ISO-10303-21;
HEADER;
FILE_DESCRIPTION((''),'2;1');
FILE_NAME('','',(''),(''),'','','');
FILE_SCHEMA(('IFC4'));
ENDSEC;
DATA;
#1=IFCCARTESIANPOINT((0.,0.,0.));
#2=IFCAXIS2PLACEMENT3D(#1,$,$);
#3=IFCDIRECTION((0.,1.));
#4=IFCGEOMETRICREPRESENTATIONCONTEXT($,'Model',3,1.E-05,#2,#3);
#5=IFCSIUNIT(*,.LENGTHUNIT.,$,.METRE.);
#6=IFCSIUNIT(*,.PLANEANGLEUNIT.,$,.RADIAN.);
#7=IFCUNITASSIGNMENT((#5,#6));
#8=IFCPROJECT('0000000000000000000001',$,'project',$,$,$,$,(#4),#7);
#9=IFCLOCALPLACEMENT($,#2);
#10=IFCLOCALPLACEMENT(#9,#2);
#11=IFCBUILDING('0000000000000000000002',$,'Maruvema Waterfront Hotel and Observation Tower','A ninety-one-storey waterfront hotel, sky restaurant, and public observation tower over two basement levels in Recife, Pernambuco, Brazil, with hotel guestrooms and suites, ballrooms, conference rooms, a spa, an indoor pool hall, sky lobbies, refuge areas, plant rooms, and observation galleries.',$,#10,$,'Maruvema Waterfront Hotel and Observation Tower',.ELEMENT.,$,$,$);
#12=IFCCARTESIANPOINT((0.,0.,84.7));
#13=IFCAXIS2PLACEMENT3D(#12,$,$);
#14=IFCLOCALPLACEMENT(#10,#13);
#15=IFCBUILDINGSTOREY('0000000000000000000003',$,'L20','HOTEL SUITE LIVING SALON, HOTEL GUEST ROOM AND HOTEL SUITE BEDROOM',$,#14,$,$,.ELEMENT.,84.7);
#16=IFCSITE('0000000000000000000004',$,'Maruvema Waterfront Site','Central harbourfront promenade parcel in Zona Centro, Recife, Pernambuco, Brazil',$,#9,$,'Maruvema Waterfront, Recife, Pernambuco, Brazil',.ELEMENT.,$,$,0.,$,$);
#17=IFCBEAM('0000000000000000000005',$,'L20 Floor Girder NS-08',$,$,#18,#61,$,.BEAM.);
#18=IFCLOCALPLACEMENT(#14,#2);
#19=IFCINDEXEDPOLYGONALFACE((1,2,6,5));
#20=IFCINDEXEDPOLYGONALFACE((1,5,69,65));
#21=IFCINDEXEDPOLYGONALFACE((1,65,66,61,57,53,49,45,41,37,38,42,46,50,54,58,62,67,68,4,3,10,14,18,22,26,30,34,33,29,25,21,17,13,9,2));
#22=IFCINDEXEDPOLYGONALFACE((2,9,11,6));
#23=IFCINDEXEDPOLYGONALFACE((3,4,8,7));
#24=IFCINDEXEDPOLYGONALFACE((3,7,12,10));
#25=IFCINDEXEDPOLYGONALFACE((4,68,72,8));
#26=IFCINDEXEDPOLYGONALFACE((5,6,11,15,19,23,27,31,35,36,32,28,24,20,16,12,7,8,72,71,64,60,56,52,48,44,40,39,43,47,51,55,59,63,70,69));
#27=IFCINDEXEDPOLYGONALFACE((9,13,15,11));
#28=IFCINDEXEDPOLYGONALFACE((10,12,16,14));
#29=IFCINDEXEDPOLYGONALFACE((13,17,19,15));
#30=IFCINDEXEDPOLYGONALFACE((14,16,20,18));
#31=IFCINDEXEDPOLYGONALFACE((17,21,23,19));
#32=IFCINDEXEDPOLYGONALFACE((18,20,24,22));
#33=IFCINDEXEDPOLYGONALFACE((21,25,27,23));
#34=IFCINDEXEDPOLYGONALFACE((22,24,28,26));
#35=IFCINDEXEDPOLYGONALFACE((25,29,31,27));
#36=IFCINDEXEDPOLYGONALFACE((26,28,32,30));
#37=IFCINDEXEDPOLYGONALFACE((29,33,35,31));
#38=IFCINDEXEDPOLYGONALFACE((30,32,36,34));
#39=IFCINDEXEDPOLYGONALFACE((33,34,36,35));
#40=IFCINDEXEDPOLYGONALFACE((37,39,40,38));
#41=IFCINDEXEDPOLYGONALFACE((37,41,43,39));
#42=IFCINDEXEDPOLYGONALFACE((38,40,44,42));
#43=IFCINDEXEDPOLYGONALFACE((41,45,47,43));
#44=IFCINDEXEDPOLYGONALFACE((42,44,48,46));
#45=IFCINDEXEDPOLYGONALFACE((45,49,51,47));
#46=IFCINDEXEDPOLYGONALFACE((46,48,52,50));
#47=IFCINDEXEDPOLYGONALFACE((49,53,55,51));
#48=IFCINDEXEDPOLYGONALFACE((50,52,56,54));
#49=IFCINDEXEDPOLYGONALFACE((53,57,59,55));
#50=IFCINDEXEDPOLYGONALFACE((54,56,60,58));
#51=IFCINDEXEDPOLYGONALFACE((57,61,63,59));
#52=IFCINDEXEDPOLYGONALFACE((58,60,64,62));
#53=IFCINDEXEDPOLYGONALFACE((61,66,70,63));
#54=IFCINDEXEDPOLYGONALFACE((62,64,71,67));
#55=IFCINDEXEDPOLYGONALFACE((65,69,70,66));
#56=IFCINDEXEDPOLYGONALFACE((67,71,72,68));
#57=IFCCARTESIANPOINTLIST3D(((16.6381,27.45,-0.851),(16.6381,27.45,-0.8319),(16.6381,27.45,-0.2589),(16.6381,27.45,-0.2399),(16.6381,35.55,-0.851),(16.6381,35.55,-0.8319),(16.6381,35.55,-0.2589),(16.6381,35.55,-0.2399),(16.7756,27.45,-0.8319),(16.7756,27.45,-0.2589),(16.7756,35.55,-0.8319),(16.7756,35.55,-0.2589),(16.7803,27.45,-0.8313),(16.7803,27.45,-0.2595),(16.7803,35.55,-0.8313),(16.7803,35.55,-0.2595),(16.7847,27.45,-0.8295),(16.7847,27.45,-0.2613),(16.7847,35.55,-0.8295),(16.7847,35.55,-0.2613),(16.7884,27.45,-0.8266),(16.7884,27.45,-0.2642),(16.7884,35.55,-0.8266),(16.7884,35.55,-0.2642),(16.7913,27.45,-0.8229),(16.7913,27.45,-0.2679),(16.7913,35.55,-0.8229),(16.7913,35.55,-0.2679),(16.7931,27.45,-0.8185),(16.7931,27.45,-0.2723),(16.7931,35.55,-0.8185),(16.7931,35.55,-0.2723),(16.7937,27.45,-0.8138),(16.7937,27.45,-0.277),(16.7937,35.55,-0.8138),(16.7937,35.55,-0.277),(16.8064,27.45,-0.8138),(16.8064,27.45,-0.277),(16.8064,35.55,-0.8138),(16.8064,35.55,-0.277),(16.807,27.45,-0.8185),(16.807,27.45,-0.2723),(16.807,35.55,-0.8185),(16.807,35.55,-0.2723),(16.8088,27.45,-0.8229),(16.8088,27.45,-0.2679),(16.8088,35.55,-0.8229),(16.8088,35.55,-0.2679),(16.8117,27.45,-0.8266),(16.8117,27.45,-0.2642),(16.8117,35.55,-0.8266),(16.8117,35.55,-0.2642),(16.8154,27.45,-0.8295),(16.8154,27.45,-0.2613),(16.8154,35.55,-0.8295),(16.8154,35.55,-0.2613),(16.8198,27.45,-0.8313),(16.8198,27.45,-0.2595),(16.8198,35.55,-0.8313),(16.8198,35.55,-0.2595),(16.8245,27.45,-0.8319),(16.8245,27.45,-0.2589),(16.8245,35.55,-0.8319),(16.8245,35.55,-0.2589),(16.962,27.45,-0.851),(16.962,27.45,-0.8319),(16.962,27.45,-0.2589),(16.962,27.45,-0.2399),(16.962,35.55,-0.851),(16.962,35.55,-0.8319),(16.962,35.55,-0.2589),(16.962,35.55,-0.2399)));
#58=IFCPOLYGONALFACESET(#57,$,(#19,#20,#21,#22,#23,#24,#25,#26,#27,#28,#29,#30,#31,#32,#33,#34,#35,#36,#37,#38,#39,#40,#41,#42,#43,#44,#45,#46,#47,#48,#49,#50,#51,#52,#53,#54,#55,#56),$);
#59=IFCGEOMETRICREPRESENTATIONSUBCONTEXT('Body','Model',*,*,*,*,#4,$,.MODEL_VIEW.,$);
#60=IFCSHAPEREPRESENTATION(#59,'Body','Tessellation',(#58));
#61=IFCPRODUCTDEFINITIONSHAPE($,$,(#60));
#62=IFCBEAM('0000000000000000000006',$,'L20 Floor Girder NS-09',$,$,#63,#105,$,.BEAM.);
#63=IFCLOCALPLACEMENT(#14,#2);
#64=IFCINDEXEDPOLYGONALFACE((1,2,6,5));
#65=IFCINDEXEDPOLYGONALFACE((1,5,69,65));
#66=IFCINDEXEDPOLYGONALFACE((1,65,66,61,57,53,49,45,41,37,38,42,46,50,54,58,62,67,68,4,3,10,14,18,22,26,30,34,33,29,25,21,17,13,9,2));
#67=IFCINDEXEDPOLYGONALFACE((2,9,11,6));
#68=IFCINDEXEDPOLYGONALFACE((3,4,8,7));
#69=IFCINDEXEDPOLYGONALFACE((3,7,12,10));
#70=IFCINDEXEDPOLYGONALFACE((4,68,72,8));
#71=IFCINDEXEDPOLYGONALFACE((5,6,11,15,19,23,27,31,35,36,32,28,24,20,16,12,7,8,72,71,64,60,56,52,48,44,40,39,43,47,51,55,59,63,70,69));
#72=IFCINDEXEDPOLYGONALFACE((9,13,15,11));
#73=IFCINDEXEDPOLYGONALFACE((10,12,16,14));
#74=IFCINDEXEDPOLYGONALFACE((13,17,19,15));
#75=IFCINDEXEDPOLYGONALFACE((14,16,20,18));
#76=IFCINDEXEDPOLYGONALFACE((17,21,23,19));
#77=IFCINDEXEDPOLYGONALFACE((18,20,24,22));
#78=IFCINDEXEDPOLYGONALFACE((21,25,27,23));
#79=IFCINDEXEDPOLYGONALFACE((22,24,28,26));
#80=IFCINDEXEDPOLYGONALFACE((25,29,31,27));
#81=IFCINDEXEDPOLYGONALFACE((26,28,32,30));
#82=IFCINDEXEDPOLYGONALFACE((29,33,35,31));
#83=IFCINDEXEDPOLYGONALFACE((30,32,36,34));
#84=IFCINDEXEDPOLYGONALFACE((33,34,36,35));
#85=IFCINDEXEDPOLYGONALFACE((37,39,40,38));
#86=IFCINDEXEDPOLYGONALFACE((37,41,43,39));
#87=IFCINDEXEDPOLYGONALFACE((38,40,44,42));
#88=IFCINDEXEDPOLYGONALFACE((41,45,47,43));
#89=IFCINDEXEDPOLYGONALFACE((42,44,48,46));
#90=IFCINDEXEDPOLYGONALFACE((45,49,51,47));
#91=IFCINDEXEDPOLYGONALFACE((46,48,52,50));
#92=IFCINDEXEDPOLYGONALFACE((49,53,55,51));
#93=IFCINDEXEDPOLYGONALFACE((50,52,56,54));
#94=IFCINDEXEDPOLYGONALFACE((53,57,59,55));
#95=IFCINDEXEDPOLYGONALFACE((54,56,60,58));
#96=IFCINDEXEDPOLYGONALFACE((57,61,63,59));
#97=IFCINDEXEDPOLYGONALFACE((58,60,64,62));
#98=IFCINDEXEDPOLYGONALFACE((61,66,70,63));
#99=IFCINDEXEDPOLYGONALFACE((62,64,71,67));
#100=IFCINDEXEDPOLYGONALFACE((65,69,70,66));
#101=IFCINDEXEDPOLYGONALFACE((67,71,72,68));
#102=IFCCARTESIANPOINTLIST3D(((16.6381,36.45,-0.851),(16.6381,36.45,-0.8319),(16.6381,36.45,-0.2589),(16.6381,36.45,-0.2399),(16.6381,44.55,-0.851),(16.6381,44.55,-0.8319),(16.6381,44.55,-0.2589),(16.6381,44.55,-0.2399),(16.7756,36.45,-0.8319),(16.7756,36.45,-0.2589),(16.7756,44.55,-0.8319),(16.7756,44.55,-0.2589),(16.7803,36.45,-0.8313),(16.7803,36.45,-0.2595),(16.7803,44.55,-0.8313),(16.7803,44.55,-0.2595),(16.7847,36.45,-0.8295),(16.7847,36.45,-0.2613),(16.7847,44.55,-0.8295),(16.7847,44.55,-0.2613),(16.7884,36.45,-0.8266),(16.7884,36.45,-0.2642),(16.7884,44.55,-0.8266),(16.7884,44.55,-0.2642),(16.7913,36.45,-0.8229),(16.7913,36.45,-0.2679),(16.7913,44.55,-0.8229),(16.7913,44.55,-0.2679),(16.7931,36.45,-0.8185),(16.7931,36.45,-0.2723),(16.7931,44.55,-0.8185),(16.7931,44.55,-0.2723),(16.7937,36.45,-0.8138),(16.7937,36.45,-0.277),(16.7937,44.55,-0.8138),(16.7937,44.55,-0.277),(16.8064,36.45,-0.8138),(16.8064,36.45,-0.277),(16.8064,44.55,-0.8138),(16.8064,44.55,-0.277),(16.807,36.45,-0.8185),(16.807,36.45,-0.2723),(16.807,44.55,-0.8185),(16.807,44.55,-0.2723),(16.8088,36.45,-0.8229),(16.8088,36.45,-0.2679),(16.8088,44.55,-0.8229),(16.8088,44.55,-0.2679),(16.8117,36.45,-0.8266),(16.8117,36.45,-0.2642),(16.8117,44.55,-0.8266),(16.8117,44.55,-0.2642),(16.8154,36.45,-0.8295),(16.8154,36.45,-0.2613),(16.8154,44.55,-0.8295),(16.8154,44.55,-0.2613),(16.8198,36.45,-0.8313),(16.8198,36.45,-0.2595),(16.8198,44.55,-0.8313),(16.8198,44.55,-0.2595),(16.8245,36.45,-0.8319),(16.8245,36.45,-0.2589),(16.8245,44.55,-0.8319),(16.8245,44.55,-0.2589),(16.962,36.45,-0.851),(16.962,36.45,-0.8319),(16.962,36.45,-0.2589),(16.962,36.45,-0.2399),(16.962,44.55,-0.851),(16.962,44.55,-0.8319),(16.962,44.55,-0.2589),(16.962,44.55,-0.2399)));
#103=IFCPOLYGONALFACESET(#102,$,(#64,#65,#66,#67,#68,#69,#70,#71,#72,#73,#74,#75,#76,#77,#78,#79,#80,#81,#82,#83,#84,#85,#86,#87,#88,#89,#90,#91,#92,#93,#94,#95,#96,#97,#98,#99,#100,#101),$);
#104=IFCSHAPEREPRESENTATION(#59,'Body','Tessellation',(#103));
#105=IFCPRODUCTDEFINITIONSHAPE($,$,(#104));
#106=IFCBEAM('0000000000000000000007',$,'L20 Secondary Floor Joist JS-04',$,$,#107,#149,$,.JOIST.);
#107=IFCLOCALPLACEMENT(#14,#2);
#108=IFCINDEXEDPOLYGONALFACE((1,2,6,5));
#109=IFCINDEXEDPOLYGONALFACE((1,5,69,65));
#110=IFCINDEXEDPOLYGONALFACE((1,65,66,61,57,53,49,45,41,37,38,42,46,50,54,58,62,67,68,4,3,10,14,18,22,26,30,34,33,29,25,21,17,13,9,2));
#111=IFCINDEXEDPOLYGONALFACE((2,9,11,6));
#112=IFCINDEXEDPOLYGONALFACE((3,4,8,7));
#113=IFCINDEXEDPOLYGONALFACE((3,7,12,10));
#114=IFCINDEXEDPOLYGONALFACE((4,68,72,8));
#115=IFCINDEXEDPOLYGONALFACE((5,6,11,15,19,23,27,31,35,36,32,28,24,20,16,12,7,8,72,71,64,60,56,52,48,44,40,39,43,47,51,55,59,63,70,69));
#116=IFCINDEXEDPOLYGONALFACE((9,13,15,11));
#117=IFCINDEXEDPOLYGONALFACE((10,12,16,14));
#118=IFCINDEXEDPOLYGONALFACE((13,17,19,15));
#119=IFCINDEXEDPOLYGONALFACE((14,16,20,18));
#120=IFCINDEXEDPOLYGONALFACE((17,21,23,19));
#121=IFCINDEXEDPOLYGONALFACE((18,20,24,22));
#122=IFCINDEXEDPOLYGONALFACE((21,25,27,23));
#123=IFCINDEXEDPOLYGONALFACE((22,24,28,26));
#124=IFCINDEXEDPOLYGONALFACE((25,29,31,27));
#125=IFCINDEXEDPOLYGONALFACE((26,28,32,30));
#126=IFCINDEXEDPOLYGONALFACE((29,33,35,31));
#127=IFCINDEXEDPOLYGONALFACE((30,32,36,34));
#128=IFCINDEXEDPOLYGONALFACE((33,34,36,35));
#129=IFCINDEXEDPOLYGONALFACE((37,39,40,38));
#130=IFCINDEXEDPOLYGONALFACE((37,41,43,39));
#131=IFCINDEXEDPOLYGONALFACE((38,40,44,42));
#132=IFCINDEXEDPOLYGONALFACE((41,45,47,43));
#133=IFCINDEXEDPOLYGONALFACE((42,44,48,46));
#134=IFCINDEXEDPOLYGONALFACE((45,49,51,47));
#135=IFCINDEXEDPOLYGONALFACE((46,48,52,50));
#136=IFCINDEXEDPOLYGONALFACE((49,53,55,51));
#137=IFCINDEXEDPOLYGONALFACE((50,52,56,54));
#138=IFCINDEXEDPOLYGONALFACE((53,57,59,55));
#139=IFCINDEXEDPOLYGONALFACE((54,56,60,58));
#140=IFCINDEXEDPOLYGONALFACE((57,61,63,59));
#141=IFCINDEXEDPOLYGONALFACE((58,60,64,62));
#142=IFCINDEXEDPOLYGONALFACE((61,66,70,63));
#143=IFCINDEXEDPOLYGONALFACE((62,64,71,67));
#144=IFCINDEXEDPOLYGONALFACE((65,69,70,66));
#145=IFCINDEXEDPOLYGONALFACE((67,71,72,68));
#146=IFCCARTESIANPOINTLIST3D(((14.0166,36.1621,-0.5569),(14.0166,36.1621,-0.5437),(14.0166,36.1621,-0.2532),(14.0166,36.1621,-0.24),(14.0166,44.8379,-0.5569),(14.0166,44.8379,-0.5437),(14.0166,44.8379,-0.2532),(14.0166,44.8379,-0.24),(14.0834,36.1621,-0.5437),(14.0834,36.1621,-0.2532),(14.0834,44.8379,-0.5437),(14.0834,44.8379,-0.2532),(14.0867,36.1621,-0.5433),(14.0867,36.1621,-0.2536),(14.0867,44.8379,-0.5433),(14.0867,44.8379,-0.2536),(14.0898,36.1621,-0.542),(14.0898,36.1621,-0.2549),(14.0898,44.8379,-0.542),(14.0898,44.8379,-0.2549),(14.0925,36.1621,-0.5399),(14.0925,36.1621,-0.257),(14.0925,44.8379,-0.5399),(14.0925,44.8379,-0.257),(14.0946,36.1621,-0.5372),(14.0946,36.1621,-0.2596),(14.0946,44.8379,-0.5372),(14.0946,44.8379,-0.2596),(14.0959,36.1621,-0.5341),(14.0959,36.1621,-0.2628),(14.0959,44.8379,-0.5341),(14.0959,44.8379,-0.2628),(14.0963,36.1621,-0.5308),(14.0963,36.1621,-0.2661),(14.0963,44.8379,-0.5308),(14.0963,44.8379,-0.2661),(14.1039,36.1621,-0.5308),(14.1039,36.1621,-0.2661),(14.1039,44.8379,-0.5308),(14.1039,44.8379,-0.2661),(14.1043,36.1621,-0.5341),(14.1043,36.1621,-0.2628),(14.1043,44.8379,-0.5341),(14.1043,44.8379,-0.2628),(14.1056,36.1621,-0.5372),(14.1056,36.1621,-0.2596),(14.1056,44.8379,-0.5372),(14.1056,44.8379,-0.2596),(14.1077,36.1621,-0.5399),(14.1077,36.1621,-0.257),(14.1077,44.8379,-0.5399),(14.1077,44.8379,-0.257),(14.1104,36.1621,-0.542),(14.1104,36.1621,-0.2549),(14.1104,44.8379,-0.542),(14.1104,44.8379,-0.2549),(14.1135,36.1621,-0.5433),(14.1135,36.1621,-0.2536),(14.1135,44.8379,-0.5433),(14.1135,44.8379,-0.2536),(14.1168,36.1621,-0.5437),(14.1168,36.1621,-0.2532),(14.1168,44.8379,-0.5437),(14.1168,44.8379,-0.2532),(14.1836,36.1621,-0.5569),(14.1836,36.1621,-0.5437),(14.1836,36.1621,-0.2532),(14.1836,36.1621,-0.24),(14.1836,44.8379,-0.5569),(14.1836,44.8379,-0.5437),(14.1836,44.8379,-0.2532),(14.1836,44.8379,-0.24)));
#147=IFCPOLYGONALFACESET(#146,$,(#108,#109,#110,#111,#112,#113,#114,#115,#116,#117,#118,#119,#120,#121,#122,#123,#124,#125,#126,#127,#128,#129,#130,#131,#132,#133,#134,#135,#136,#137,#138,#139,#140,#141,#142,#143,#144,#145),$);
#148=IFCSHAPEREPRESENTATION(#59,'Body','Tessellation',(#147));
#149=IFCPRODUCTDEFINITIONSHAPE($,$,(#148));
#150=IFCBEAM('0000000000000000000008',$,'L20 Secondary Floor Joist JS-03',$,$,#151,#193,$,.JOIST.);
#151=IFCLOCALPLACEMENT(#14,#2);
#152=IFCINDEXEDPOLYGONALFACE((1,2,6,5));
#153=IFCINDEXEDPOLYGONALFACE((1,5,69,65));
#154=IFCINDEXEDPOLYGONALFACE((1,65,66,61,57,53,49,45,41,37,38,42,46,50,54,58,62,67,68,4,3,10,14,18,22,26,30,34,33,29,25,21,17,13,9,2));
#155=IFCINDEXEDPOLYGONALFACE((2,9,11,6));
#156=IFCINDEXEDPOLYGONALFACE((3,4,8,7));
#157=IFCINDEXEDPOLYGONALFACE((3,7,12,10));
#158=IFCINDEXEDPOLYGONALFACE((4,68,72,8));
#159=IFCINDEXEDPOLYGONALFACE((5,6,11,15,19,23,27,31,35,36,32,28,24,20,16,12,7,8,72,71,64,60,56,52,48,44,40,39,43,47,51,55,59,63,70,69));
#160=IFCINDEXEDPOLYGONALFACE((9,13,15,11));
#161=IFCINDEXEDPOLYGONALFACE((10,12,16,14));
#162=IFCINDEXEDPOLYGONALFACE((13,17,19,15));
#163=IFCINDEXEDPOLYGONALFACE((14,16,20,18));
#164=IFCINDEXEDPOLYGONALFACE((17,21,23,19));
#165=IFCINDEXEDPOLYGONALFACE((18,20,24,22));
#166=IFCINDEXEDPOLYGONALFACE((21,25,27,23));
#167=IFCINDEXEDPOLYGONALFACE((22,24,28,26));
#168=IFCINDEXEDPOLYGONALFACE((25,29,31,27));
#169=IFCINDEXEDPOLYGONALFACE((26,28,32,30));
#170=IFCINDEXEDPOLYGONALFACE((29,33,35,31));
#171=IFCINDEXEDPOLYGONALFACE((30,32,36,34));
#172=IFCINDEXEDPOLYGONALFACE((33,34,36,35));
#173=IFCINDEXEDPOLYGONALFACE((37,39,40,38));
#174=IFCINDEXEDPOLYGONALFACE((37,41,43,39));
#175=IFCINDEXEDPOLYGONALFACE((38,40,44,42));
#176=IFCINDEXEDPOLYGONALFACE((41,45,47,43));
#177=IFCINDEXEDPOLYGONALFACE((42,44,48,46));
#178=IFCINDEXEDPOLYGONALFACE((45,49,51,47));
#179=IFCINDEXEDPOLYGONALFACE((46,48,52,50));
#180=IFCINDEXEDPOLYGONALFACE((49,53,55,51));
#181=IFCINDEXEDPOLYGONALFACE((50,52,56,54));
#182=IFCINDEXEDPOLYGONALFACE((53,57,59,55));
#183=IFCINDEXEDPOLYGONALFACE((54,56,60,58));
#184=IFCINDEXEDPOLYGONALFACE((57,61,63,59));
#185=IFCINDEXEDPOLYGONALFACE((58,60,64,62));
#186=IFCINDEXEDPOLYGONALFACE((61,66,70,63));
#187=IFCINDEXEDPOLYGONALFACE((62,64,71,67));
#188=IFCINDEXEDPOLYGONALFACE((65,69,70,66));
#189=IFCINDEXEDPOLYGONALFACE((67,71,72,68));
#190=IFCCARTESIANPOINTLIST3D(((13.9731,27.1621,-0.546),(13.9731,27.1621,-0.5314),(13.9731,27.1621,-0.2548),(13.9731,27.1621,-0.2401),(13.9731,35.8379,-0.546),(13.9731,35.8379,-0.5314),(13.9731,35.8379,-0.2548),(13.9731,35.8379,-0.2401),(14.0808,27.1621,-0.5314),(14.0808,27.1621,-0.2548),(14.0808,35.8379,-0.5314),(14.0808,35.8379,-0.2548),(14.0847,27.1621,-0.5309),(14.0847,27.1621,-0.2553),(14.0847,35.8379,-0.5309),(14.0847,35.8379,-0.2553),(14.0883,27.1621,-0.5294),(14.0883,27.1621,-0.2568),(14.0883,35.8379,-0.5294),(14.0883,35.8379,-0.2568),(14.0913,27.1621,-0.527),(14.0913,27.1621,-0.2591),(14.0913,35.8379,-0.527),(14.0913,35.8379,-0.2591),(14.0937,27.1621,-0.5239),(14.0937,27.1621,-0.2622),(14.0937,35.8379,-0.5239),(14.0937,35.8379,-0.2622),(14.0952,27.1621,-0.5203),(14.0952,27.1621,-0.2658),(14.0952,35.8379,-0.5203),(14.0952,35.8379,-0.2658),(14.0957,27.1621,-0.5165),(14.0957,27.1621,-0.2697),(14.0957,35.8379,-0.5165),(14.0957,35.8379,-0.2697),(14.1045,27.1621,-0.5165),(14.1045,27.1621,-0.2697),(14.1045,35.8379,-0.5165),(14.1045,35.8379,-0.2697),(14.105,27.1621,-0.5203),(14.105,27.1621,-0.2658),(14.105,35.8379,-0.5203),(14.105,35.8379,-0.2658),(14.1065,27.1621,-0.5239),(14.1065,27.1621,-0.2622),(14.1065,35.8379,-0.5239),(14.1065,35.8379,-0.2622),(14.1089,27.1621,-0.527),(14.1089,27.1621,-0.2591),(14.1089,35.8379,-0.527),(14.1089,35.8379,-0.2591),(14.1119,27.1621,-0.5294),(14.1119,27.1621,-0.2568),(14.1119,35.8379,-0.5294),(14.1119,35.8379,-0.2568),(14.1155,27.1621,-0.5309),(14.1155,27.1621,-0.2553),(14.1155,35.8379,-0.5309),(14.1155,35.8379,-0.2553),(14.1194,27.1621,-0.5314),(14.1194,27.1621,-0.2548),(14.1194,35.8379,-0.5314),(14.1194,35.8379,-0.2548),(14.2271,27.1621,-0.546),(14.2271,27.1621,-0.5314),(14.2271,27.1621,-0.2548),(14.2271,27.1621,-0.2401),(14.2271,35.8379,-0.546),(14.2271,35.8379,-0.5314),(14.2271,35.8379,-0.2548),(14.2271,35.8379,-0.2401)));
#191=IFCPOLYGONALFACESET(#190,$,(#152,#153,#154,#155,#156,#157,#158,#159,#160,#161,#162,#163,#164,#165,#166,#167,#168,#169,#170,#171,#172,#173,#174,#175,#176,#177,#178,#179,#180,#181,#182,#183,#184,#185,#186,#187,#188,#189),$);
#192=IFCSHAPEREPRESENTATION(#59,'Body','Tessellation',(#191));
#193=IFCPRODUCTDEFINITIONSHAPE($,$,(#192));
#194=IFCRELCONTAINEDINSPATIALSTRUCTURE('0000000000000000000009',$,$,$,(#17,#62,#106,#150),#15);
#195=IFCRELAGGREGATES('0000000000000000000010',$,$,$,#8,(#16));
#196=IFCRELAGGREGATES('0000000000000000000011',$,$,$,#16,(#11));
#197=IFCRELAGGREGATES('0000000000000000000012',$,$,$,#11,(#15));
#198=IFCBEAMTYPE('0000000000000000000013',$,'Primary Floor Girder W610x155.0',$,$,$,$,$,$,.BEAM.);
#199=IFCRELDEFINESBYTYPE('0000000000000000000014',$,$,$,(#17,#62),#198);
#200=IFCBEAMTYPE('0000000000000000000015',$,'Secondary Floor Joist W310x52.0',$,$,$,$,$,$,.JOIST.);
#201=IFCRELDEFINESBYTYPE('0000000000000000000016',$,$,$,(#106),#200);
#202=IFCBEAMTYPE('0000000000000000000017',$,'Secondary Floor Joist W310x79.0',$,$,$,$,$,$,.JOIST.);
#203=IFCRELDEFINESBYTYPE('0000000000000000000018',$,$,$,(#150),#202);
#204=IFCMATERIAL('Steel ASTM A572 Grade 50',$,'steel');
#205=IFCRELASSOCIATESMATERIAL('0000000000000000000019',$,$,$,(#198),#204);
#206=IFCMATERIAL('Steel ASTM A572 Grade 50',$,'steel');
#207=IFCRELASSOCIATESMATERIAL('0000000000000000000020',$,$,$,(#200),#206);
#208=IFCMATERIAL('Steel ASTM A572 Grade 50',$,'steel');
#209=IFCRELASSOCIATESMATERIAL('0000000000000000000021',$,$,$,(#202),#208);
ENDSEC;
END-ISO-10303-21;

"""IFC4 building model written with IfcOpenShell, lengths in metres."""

from ifc_helpers import new_model, si_unit, direction, frame, origin, origin_2d, place, context, subcontext, project, spatial, i_section, extrude, material, material_profile, profile_set, type_object, element, save


model = new_model("IFC4")

# Units and contexts
model_context = context("Model", 3, precision=1e-05, world=origin(), true_north=direction((0.0, 1.0)))
body_context = subcontext(model_context, "Body", "Model", "MODEL_VIEW")
ifc_project = project(units=[si_unit("LENGTHUNIT", "METRE"), si_unit("PLANEANGLEUNIT", "RADIAN")], contexts=[model_context])

# Site, building, storey
site_placement = place(None, origin())
site = spatial("IfcSite", under=ifc_project, at=site_placement, Name="Maruvema Waterfront Site", Description="Central harbourfront promenade parcel in Zona Centro, Recife, Pernambuco, Brazil", LongName="Maruvema Waterfront, Recife, Pernambuco, Brazil", CompositionType="ELEMENT", RefElevation=0.0)
building_placement = place(site_placement, origin())
building = spatial("IfcBuilding", under=site, at=building_placement, Name="Maruvema Waterfront Hotel and Observation Tower", Description="A ninety-one-storey waterfront hotel, sky restaurant, and public observation tower over two basement levels in Recife, Pernambuco, Brazil, with hotel guestrooms and suites, ballrooms, conference rooms, a spa, an indoor pool hall, sky lobbies, refuge areas, plant rooms, and observation galleries.", LongName="Maruvema Waterfront Hotel and Observation Tower", CompositionType="ELEMENT")
storey_placement = place(building_placement, frame((0.0, 0.0, 84.7)))
storey = spatial("IfcBuildingStorey", under=building, at=storey_placement, Name="L20", Description="HOTEL SUITE LIVING SALON, HOTEL GUEST ROOM AND HOTEL SUITE BEDROOM", CompositionType="ELEMENT", Elevation=84.7)

# Beams
ifc_material_1 = material(Name="Steel ASTM A572 Grade 50", Category="steel")
ifc_material_profile_1 = material_profile(ifc_material_1, i_section(OverallWidth=0.324, OverallDepth=0.6111, WebThickness=0.0127, FlangeThickness=0.019, FilletRadius=0.0181, at=origin_2d()), Name="W610x155.0")
ifc_profile_set_1 = profile_set([ifc_material_profile_1], Name="Steel ASTM A572 Grade 50")
beam_type_1 = type_object("IfcBeamType", Name="Primary Floor Girder W610x155.0", PredefinedType="BEAM", material=ifc_profile_set_1)
for number, where, z_axis, x_axis, name in (
    (1, (16.8, 27.45, -0.5454), (0.0, 1.0, 0.0), (-1.0, 0.0, 0.0), "L20 Floor Girder NS-08"),
    (2, (16.8, 36.45, -0.5454), (0.0, 1.0, 0.0), (-1.0, 0.0, 0.0), "L20 Floor Girder NS-09"),
):
    element("IfcBeam", number, at=place(storey_placement, frame(where, z_axis=z_axis, x_axis=x_axis)), inside=storey, type_object=beam_type_1, Name=name, PredefinedType="BEAM", context=body_context, shape_type="SweptSolid", body=[
        extrude(i_section(OverallWidth=0.324, OverallDepth=0.6111, WebThickness=0.0127, FlangeThickness=0.019, FilletRadius=0.0181, at=origin_2d()), origin(), (0.0, 0.0, 1.0), 8.1001),
    ])
ifc_material_2 = material(Name="Steel ASTM A572 Grade 50", Category="steel")
ifc_material_profile_2 = material_profile(ifc_material_2, i_section(OverallWidth=0.167, OverallDepth=0.3169, WebThickness=0.0076, FlangeThickness=0.0132, FilletRadius=0.0129, at=origin_2d()), Name="W310x52.0")
ifc_profile_set_2 = profile_set([ifc_material_profile_2], Name="Steel ASTM A572 Grade 50")
beam_type_2 = type_object("IfcBeamType", Name="Secondary Floor Joist W310x52.0", PredefinedType="JOIST", material=ifc_profile_set_2)
beam_1_placement = place(storey_placement, frame((14.1001, 36.1621, -0.3984), z_axis=(0.0, 1.0, 0.0), x_axis=(-1.0, 0.0, 0.0)))
element("IfcBeam", 3, at=beam_1_placement, inside=storey, type_object=beam_type_2, Name="L20 Secondary Floor Joist JS-04", PredefinedType="JOIST", context=body_context, shape_type="SweptSolid", body=[
    extrude(i_section(OverallWidth=0.167, OverallDepth=0.3169, WebThickness=0.0076, FlangeThickness=0.0132, FilletRadius=0.0129, at=origin_2d()), origin(), (0.0, 0.0, 1.0), 8.6758),
])
ifc_material_3 = material(Name="Steel ASTM A572 Grade 50", Category="steel")
ifc_material_profile_3 = material_profile(ifc_material_3, i_section(OverallWidth=0.2539, OverallDepth=0.3059, WebThickness=0.0088, FlangeThickness=0.0146, FilletRadius=0.0149, at=origin_2d()), Name="W310x79.0")
ifc_profile_set_3 = profile_set([ifc_material_profile_3], Name="Steel ASTM A572 Grade 50")
beam_type_3 = type_object("IfcBeamType", Name="Secondary Floor Joist W310x79.0", PredefinedType="JOIST", material=ifc_profile_set_3)
beam_2_placement = place(storey_placement, frame((14.1001, 27.1621, -0.3931), z_axis=(0.0, 1.0, 0.0), x_axis=(-1.0, 0.0, 0.0)))
element("IfcBeam", 4, at=beam_2_placement, inside=storey, type_object=beam_type_3, Name="L20 Secondary Floor Joist JS-03", PredefinedType="JOIST", context=body_context, shape_type="SweptSolid", body=[
    extrude(i_section(OverallWidth=0.2539, OverallDepth=0.3059, WebThickness=0.0088, FlangeThickness=0.0146, FilletRadius=0.0149, at=origin_2d()), origin(), (0.0, 0.0, 1.0), 8.6758),
])

save(model, "model.ifc")
